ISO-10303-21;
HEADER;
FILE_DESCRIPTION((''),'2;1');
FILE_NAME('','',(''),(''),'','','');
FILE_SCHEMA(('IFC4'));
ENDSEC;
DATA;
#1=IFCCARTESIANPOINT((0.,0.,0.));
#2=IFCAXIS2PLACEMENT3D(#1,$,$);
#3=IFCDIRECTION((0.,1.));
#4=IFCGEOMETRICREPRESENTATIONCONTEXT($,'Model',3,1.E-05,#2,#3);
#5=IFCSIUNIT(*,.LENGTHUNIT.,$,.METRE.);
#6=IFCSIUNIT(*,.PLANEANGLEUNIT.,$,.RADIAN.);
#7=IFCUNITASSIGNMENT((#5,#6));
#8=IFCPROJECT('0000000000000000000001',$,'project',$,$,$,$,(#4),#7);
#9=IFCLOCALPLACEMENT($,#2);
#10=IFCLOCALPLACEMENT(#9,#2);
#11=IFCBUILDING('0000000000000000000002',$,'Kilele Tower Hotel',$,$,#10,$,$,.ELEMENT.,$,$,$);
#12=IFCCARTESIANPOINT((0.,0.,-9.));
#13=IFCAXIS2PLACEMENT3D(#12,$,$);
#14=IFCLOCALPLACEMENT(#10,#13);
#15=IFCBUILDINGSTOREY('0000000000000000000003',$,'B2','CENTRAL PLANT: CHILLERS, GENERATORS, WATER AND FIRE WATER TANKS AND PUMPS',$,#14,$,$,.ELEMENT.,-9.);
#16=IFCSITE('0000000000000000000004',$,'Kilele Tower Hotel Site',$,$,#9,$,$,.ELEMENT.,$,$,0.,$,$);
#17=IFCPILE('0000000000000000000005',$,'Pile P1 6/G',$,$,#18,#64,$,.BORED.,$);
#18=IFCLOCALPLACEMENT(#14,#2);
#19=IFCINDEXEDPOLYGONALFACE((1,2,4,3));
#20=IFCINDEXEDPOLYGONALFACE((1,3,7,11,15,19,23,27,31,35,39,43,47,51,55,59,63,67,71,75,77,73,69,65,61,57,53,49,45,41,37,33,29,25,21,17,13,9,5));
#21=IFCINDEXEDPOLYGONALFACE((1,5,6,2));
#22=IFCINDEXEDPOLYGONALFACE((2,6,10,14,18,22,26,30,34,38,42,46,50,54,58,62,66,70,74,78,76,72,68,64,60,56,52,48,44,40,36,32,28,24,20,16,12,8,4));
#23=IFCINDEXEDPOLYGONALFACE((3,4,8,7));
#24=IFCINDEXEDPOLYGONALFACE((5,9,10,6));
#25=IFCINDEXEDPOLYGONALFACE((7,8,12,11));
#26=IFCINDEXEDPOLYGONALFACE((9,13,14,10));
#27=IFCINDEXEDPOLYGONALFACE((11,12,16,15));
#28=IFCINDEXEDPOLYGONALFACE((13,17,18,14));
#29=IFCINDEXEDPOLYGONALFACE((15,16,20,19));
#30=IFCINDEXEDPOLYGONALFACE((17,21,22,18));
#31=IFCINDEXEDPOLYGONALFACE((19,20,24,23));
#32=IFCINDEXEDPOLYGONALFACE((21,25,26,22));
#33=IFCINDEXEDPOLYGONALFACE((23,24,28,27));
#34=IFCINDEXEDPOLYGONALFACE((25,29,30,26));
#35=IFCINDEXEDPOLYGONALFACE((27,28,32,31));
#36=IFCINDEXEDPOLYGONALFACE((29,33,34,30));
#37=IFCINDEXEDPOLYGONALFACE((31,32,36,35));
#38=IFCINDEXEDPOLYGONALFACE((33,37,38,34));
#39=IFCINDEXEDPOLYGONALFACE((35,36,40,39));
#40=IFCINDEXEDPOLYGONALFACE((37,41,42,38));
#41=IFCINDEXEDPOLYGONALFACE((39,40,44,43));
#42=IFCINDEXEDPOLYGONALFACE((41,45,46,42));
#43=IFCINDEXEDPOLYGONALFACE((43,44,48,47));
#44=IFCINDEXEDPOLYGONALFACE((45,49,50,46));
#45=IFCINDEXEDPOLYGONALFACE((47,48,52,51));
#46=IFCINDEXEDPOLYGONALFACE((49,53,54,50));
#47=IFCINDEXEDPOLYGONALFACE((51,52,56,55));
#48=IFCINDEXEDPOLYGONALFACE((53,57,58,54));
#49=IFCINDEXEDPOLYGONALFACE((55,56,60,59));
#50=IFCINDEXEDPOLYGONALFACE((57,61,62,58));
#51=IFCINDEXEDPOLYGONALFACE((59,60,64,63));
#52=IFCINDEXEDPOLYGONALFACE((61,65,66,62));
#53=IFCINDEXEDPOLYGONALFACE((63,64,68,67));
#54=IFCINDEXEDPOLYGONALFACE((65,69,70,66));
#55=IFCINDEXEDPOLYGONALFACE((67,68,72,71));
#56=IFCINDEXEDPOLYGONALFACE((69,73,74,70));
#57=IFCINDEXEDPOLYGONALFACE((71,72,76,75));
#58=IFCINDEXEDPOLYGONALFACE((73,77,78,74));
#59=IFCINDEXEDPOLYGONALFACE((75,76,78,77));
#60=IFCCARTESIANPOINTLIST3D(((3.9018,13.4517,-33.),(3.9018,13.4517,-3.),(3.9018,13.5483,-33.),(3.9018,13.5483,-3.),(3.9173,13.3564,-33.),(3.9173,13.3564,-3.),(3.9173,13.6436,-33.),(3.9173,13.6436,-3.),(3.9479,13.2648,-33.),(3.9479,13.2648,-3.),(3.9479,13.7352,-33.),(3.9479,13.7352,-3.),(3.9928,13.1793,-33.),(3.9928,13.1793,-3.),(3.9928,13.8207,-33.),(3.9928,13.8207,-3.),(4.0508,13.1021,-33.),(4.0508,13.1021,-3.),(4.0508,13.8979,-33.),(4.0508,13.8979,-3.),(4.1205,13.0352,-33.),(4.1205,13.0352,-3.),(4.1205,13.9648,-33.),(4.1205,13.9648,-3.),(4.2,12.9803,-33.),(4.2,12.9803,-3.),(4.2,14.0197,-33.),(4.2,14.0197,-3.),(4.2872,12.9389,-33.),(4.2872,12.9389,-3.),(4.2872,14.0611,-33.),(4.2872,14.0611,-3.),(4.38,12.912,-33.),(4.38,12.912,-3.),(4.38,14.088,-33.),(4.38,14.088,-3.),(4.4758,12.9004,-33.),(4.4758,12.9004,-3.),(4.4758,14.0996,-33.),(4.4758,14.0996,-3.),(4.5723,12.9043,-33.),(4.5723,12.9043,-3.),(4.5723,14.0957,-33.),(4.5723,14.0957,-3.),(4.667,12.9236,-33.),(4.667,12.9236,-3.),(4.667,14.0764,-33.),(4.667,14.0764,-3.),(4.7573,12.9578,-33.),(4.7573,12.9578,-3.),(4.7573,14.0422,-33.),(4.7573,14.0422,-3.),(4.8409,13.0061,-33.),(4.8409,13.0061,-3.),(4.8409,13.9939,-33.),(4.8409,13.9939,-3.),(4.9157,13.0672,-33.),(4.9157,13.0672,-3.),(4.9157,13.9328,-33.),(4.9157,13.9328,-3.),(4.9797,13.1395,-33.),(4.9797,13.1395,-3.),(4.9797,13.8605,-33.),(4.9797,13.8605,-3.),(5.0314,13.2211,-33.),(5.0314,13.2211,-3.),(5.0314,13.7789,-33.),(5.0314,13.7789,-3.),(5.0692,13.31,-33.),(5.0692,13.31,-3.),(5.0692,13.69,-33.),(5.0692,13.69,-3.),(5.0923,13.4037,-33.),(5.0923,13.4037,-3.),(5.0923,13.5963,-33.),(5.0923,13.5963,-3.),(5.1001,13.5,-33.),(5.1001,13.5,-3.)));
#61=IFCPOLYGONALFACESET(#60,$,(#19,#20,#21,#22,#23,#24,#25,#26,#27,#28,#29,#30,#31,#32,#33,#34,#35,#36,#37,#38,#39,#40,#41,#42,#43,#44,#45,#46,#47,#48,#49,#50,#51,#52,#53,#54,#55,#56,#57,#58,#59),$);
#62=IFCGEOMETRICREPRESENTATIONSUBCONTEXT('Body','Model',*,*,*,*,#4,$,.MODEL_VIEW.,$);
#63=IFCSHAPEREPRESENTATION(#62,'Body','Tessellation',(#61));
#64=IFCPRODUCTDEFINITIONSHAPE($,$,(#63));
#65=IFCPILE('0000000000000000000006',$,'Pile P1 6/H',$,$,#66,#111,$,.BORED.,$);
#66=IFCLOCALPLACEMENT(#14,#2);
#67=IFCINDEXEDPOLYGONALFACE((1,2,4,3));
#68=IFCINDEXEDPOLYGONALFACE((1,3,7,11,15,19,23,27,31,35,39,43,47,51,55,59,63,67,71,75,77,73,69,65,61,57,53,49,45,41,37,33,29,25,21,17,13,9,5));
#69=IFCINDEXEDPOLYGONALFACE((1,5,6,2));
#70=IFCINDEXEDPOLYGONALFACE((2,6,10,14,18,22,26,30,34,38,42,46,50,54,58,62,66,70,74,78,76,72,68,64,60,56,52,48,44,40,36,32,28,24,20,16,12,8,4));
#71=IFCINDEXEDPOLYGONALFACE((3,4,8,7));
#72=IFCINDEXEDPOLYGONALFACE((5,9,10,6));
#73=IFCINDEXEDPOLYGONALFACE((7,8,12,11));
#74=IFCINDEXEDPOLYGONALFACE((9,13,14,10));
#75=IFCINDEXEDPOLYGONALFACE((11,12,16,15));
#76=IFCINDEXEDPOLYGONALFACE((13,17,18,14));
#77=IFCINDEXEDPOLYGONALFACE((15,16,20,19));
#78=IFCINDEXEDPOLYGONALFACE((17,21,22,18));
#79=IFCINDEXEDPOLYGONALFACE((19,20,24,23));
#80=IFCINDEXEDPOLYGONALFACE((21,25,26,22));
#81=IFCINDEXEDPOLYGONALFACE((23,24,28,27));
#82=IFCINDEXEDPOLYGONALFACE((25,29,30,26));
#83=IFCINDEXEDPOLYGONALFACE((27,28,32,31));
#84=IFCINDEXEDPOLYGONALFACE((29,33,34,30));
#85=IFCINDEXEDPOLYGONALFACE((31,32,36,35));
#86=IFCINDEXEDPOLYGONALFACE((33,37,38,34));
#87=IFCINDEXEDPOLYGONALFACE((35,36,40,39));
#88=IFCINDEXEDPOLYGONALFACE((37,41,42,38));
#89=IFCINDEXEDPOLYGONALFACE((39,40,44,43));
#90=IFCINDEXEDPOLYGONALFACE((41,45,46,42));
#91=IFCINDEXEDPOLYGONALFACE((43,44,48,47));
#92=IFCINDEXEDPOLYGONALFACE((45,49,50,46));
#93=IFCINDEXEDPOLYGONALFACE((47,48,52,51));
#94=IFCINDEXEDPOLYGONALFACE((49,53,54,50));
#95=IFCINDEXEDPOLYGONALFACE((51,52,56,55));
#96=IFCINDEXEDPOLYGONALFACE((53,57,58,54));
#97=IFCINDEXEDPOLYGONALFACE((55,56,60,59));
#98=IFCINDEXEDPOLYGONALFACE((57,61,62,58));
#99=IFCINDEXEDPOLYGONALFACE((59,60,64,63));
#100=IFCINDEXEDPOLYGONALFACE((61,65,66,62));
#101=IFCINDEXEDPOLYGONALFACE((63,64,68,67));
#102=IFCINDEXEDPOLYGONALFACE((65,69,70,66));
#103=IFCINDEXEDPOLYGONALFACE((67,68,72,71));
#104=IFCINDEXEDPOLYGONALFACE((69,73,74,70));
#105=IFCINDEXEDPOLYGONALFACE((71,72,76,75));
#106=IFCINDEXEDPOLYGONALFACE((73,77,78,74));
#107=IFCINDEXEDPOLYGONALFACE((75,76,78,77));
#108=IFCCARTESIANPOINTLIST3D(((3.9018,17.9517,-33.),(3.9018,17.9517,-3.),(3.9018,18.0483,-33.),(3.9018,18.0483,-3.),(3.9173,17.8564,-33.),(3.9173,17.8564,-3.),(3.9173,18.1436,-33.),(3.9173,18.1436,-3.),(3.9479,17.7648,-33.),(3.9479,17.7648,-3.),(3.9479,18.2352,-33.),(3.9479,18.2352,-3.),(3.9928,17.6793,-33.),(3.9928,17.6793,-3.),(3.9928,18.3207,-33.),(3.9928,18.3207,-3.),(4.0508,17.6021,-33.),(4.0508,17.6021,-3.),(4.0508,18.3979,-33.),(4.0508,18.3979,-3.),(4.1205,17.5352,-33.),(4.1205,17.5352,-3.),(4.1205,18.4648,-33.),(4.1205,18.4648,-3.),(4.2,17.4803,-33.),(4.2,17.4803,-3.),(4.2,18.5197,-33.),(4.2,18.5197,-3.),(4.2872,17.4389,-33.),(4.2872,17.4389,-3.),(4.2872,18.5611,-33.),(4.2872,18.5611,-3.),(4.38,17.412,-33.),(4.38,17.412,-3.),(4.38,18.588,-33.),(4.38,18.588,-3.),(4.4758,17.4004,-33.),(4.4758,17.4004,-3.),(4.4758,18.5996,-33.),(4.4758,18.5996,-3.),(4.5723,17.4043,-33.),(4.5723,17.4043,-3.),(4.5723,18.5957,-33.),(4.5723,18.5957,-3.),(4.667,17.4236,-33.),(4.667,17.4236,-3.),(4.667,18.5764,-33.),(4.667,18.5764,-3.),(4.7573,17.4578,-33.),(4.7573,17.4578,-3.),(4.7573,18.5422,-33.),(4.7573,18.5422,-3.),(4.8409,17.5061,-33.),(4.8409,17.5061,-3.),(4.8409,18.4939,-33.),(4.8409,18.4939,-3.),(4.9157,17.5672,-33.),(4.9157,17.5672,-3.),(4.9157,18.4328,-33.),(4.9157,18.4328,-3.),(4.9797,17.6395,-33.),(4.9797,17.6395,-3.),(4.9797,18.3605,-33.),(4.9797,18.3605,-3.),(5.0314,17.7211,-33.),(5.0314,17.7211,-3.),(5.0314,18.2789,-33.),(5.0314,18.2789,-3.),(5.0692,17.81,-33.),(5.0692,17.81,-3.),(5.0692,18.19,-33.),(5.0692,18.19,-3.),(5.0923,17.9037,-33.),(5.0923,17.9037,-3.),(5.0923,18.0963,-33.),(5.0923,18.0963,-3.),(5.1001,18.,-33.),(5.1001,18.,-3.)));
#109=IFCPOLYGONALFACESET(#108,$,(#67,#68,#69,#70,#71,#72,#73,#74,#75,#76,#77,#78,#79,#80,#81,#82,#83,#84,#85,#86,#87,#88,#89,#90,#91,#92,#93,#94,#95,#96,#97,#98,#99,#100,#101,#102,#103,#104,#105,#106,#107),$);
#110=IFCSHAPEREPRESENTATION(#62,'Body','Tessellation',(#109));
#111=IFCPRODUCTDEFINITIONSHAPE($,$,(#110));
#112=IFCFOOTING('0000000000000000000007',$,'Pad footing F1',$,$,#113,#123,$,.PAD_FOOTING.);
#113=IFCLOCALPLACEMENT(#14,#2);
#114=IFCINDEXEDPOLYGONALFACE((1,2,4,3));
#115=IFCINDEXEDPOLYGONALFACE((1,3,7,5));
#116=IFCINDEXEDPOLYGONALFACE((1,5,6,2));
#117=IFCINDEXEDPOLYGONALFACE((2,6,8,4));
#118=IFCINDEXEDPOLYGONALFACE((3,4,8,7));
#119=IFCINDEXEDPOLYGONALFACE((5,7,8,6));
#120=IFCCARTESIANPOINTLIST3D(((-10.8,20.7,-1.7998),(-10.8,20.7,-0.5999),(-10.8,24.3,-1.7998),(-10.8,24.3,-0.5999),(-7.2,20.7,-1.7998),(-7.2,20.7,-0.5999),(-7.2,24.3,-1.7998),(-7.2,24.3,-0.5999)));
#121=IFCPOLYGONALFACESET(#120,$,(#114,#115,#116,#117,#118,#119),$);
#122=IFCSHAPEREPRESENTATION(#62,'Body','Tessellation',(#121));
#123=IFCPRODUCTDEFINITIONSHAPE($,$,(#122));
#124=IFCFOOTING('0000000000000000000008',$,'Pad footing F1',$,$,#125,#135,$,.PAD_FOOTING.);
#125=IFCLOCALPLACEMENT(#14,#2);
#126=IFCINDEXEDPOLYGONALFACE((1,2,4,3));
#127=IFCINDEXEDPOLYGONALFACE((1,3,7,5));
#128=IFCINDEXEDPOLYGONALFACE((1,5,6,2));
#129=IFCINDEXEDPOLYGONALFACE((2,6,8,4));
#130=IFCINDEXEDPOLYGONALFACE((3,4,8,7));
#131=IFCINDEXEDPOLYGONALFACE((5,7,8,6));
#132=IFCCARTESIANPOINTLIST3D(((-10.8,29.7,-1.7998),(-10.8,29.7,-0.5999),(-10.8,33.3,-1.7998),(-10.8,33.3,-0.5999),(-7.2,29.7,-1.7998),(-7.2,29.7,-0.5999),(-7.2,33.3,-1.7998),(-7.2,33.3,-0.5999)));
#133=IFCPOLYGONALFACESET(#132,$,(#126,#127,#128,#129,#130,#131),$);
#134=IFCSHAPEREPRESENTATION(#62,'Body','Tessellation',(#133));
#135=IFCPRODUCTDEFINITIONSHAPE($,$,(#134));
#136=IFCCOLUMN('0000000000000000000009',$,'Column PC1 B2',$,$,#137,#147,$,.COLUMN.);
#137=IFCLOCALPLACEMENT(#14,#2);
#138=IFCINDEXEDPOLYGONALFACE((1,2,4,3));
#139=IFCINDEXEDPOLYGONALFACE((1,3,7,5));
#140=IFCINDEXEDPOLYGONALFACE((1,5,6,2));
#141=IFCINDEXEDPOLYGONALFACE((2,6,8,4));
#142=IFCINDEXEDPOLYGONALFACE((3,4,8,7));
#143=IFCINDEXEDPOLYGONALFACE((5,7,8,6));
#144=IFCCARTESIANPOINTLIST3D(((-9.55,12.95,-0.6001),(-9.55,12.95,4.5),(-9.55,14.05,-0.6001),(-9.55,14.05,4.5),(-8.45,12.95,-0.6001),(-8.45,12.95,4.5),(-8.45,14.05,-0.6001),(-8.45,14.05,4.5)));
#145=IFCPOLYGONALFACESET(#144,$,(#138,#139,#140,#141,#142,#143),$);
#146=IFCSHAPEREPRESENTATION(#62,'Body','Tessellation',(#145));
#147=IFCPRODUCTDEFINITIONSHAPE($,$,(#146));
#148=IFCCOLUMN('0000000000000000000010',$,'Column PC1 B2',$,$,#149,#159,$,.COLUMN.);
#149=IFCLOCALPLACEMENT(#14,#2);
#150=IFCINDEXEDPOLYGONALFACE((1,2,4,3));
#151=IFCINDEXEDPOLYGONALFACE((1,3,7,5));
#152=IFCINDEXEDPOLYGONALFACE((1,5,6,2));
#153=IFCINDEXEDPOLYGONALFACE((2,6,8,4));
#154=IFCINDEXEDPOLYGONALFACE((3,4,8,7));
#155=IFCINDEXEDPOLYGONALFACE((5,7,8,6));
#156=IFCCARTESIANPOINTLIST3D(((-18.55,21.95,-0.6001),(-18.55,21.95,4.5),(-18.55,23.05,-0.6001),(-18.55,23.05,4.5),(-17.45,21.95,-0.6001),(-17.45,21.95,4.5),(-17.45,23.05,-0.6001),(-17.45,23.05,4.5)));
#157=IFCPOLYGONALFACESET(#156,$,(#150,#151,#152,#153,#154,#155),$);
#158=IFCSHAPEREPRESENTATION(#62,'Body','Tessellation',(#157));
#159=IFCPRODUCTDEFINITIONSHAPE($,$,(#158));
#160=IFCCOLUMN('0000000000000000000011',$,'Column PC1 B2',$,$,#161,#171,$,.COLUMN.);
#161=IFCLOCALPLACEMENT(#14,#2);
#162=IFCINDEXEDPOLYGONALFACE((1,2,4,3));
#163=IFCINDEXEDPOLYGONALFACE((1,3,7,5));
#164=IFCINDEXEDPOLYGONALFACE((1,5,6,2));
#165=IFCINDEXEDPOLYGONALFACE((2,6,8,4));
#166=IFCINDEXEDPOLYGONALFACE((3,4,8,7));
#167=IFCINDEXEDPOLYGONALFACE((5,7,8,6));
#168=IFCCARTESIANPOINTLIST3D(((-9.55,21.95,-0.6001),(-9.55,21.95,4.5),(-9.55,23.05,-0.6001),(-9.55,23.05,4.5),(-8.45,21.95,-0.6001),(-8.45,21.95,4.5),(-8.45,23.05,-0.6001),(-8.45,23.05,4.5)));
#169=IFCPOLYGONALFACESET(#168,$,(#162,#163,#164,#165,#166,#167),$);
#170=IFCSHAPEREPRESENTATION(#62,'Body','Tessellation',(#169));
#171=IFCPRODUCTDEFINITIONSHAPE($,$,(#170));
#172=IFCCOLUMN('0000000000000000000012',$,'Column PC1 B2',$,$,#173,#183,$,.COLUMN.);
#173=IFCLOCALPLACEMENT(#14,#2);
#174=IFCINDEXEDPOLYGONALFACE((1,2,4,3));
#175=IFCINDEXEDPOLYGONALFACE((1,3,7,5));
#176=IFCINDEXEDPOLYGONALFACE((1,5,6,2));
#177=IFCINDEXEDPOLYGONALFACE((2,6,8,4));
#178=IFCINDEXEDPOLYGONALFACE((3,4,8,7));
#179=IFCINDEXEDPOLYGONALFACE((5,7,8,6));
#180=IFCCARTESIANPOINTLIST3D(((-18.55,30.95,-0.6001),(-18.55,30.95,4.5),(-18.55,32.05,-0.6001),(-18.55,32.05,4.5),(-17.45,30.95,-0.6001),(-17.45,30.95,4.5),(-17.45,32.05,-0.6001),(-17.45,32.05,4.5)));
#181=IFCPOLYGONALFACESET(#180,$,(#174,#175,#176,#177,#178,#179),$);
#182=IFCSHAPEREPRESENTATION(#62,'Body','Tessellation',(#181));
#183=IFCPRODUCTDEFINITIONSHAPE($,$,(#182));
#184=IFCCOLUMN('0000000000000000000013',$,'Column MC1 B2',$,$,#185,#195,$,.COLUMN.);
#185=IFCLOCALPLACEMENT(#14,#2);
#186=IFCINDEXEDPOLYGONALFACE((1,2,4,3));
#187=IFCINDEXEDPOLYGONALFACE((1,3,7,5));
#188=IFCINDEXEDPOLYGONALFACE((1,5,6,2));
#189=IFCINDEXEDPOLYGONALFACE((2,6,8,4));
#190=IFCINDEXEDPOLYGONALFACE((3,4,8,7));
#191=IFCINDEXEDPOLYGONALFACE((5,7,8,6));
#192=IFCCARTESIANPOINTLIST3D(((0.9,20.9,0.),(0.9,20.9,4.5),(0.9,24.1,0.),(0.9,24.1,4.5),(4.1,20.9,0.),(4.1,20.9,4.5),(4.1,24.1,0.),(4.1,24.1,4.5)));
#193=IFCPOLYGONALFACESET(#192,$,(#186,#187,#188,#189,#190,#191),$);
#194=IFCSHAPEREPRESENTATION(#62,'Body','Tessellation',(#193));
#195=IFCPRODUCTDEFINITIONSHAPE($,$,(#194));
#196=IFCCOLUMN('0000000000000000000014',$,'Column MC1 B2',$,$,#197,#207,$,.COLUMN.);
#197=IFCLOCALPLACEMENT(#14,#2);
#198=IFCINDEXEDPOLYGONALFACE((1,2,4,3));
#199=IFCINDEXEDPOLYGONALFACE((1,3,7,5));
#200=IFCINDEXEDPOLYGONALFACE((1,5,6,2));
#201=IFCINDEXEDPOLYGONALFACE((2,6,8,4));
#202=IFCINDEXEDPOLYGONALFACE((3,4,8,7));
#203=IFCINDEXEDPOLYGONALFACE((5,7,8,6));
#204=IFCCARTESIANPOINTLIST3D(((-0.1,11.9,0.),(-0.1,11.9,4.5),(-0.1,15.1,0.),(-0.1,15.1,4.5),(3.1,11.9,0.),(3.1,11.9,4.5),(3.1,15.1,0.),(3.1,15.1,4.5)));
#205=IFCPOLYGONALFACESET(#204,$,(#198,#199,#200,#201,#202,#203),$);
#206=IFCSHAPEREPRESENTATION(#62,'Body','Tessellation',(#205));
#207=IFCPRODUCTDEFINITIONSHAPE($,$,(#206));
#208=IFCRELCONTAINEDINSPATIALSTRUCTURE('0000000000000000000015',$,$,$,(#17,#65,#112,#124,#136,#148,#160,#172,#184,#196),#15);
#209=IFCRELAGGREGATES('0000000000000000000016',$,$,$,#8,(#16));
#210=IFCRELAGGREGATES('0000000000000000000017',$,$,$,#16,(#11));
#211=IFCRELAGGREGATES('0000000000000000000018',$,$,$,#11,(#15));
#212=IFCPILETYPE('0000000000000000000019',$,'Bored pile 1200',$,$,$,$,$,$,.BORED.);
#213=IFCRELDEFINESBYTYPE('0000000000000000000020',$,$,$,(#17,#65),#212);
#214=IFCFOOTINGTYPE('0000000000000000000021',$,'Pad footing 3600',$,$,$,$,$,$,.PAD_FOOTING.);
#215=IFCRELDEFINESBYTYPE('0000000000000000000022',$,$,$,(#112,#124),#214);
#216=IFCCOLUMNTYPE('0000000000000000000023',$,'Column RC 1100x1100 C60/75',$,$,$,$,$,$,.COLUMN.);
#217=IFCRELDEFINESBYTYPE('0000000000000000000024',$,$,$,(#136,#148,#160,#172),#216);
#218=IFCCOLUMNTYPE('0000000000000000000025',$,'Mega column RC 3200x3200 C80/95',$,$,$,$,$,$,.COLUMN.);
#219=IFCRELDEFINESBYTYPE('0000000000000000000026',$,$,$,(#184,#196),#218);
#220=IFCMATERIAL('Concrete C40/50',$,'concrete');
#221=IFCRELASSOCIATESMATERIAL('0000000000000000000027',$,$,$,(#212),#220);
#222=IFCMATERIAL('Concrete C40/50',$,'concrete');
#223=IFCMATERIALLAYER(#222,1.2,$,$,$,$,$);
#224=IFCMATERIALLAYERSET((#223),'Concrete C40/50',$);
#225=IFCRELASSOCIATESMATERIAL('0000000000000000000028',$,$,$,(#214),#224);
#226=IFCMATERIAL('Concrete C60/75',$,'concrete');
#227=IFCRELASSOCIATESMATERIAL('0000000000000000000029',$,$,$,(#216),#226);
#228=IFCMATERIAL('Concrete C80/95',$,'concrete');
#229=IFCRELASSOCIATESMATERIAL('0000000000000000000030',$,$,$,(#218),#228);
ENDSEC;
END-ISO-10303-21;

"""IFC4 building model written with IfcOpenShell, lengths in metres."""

from ifc_helpers import new_model, si_unit, direction, frame, origin, origin_2d, place, context, subcontext, project, spatial, rectangle, circle, extrude, material, layer, layer_set, material_profile, profile_set, type_object, element, save


model = new_model("IFC4")

# Units and contexts
model_context = context("Model", 3, precision=1e-05, world=origin(), true_north=direction((0.0, 1.0)))
body_context = subcontext(model_context, "Body", "Model", "MODEL_VIEW")
ifc_project = project(units=[si_unit("LENGTHUNIT", "METRE"), si_unit("PLANEANGLEUNIT", "RADIAN")], contexts=[model_context])

# Site, building, storey
site_placement = place(None, origin())
site = spatial("IfcSite", under=ifc_project, at=site_placement, Name="Kilele Tower Hotel Site", CompositionType="ELEMENT", RefElevation=0.0)
building_placement = place(site_placement, origin())
building = spatial("IfcBuilding", under=site, at=building_placement, Name="Kilele Tower Hotel", CompositionType="ELEMENT")
storey_placement = place(building_placement, frame((0.0, 0.0, -9.0)))
storey = spatial("IfcBuildingStorey", under=building, at=storey_placement, Name="B2", Description="CENTRAL PLANT: CHILLERS, GENERATORS, WATER AND FIRE WATER TANKS AND PUMPS", CompositionType="ELEMENT", Elevation=-9.0)

# Piles
ifc_material_1 = material(Name="Concrete C40/50", Category="concrete")
ifc_material_profile_1 = material_profile(ifc_material_1, circle(Radius=0.6001, at=origin_2d()))
ifc_profile_set_1 = profile_set([ifc_material_profile_1], Name="Concrete C40/50")
pile_type = type_object("IfcPileType", Name="Bored pile 1200", PredefinedType="BORED", material=ifc_profile_set_1)
for number, where, z_axis, x_axis, name in (
    (1, (4.5, 13.5, -3.0), (0.0, 0.0, -1.0), (1.0, 0.0, 0.0), "Pile P1 6/G"),
    (2, (4.5, 18.0, -3.0), (0.0, 0.0, -1.0), (1.0, 0.0, 0.0), "Pile P1 6/H"),
):
    element("IfcPile", number, at=place(storey_placement, frame(where, z_axis=z_axis, x_axis=x_axis)), inside=storey, type_object=pile_type, Name=name, PredefinedType="BORED", context=body_context, shape_type="SweptSolid", body=[
        extrude(circle(Radius=0.6001, at=origin_2d()), origin(), (0.0, 0.0, 1.0), 30.0),
    ])

# Footings
ifc_material_2 = material(Name="Concrete C40/50", Category="concrete")
ifc_layer = layer(ifc_material_2, 1.2)
ifc_layer_set = layer_set([ifc_layer], Name="Concrete C40/50")
footing_type = type_object("IfcFootingType", Name="Pad footing 3600", PredefinedType="PAD_FOOTING", material=ifc_layer_set)
for number, where, z_axis, x_axis, name in (
    (3, (-9.0, 22.5, -1.7998), (0.0, 0.0, 1.0), (1.0, 0.0, 0.0), "Pad footing F1"),
    (4, (-9.0, 31.5, -1.7998), (0.0, 0.0, 1.0), (1.0, 0.0, 0.0), "Pad footing F1"),
):
    element("IfcFooting", number, at=place(storey_placement, frame(where, z_axis=z_axis, x_axis=x_axis)), inside=storey, type_object=footing_type, Name=name, PredefinedType="PAD_FOOTING", context=body_context, shape_type="SweptSolid", body=[
        extrude(rectangle(XDim=3.6001, YDim=3.6001, at=origin_2d()), origin(), (0.0, 0.0, 1.0), 1.2),
    ])

# Columns
ifc_material_3 = material(Name="Concrete C60/75", Category="concrete")
ifc_material_profile_2 = material_profile(ifc_material_3, rectangle(XDim=1.1001, YDim=1.1001, at=origin_2d()))
ifc_profile_set_2 = profile_set([ifc_material_profile_2], Name="Concrete C60/75")
column_type_1 = type_object("IfcColumnType", Name="Column RC 1100x1100 C60/75", PredefinedType="COLUMN", material=ifc_profile_set_2)
for number, where, z_axis, x_axis, name in (
    (5, (-9.0, 13.5, -0.6001), (0.0, 0.0, 1.0), (1.0, 0.0, 0.0), "Column PC1 B2"),
    (6, (-18.0, 22.5, -0.6001), (0.0, 0.0, 1.0), (1.0, 0.0, 0.0), "Column PC1 B2"),
    (7, (-9.0, 22.5, -0.6001), (0.0, 0.0, 1.0), (1.0, 0.0, 0.0), "Column PC1 B2"),
    (8, (-18.0, 31.5, -0.6001), (0.0, 0.0, 1.0), (1.0, 0.0, 0.0), "Column PC1 B2"),
):
    element("IfcColumn", number, at=place(storey_placement, frame(where, z_axis=z_axis, x_axis=x_axis)), inside=storey, type_object=column_type_1, Name=name, PredefinedType="COLUMN", context=body_context, shape_type="SweptSolid", body=[
        extrude(rectangle(XDim=1.1001, YDim=1.1001, at=origin_2d()), origin(), (0.0, 0.0, 1.0), 5.1001),
    ])
ifc_material_4 = material(Name="Concrete C80/95", Category="concrete")
ifc_material_profile_3 = material_profile(ifc_material_4, rectangle(XDim=3.2, YDim=3.2, at=origin_2d()))
ifc_profile_set_3 = profile_set([ifc_material_profile_3], Name="Concrete C80/95")
column_type_2 = type_object("IfcColumnType", Name="Mega column RC 3200x3200 C80/95", PredefinedType="COLUMN", material=ifc_profile_set_3)
for number, where, z_axis, x_axis, name in (
    (9, (2.5, 22.5, 0.0), (0.0, 0.0, 1.0), (1.0, 0.0, 0.0), "Column MC1 B2"),
    (10, (1.5, 13.5, 0.0), (0.0, 0.0, 1.0), (1.0, 0.0, 0.0), "Column MC1 B2"),
):
    element("IfcColumn", number, at=place(storey_placement, frame(where, z_axis=z_axis, x_axis=x_axis)), inside=storey, type_object=column_type_2, Name=name, PredefinedType="COLUMN", context=body_context, shape_type="SweptSolid", body=[
        extrude(rectangle(XDim=3.2, YDim=3.2, at=origin_2d()), origin(), (0.0, 0.0, 1.0), 4.5),
    ])

save(model, "model.ifc")
